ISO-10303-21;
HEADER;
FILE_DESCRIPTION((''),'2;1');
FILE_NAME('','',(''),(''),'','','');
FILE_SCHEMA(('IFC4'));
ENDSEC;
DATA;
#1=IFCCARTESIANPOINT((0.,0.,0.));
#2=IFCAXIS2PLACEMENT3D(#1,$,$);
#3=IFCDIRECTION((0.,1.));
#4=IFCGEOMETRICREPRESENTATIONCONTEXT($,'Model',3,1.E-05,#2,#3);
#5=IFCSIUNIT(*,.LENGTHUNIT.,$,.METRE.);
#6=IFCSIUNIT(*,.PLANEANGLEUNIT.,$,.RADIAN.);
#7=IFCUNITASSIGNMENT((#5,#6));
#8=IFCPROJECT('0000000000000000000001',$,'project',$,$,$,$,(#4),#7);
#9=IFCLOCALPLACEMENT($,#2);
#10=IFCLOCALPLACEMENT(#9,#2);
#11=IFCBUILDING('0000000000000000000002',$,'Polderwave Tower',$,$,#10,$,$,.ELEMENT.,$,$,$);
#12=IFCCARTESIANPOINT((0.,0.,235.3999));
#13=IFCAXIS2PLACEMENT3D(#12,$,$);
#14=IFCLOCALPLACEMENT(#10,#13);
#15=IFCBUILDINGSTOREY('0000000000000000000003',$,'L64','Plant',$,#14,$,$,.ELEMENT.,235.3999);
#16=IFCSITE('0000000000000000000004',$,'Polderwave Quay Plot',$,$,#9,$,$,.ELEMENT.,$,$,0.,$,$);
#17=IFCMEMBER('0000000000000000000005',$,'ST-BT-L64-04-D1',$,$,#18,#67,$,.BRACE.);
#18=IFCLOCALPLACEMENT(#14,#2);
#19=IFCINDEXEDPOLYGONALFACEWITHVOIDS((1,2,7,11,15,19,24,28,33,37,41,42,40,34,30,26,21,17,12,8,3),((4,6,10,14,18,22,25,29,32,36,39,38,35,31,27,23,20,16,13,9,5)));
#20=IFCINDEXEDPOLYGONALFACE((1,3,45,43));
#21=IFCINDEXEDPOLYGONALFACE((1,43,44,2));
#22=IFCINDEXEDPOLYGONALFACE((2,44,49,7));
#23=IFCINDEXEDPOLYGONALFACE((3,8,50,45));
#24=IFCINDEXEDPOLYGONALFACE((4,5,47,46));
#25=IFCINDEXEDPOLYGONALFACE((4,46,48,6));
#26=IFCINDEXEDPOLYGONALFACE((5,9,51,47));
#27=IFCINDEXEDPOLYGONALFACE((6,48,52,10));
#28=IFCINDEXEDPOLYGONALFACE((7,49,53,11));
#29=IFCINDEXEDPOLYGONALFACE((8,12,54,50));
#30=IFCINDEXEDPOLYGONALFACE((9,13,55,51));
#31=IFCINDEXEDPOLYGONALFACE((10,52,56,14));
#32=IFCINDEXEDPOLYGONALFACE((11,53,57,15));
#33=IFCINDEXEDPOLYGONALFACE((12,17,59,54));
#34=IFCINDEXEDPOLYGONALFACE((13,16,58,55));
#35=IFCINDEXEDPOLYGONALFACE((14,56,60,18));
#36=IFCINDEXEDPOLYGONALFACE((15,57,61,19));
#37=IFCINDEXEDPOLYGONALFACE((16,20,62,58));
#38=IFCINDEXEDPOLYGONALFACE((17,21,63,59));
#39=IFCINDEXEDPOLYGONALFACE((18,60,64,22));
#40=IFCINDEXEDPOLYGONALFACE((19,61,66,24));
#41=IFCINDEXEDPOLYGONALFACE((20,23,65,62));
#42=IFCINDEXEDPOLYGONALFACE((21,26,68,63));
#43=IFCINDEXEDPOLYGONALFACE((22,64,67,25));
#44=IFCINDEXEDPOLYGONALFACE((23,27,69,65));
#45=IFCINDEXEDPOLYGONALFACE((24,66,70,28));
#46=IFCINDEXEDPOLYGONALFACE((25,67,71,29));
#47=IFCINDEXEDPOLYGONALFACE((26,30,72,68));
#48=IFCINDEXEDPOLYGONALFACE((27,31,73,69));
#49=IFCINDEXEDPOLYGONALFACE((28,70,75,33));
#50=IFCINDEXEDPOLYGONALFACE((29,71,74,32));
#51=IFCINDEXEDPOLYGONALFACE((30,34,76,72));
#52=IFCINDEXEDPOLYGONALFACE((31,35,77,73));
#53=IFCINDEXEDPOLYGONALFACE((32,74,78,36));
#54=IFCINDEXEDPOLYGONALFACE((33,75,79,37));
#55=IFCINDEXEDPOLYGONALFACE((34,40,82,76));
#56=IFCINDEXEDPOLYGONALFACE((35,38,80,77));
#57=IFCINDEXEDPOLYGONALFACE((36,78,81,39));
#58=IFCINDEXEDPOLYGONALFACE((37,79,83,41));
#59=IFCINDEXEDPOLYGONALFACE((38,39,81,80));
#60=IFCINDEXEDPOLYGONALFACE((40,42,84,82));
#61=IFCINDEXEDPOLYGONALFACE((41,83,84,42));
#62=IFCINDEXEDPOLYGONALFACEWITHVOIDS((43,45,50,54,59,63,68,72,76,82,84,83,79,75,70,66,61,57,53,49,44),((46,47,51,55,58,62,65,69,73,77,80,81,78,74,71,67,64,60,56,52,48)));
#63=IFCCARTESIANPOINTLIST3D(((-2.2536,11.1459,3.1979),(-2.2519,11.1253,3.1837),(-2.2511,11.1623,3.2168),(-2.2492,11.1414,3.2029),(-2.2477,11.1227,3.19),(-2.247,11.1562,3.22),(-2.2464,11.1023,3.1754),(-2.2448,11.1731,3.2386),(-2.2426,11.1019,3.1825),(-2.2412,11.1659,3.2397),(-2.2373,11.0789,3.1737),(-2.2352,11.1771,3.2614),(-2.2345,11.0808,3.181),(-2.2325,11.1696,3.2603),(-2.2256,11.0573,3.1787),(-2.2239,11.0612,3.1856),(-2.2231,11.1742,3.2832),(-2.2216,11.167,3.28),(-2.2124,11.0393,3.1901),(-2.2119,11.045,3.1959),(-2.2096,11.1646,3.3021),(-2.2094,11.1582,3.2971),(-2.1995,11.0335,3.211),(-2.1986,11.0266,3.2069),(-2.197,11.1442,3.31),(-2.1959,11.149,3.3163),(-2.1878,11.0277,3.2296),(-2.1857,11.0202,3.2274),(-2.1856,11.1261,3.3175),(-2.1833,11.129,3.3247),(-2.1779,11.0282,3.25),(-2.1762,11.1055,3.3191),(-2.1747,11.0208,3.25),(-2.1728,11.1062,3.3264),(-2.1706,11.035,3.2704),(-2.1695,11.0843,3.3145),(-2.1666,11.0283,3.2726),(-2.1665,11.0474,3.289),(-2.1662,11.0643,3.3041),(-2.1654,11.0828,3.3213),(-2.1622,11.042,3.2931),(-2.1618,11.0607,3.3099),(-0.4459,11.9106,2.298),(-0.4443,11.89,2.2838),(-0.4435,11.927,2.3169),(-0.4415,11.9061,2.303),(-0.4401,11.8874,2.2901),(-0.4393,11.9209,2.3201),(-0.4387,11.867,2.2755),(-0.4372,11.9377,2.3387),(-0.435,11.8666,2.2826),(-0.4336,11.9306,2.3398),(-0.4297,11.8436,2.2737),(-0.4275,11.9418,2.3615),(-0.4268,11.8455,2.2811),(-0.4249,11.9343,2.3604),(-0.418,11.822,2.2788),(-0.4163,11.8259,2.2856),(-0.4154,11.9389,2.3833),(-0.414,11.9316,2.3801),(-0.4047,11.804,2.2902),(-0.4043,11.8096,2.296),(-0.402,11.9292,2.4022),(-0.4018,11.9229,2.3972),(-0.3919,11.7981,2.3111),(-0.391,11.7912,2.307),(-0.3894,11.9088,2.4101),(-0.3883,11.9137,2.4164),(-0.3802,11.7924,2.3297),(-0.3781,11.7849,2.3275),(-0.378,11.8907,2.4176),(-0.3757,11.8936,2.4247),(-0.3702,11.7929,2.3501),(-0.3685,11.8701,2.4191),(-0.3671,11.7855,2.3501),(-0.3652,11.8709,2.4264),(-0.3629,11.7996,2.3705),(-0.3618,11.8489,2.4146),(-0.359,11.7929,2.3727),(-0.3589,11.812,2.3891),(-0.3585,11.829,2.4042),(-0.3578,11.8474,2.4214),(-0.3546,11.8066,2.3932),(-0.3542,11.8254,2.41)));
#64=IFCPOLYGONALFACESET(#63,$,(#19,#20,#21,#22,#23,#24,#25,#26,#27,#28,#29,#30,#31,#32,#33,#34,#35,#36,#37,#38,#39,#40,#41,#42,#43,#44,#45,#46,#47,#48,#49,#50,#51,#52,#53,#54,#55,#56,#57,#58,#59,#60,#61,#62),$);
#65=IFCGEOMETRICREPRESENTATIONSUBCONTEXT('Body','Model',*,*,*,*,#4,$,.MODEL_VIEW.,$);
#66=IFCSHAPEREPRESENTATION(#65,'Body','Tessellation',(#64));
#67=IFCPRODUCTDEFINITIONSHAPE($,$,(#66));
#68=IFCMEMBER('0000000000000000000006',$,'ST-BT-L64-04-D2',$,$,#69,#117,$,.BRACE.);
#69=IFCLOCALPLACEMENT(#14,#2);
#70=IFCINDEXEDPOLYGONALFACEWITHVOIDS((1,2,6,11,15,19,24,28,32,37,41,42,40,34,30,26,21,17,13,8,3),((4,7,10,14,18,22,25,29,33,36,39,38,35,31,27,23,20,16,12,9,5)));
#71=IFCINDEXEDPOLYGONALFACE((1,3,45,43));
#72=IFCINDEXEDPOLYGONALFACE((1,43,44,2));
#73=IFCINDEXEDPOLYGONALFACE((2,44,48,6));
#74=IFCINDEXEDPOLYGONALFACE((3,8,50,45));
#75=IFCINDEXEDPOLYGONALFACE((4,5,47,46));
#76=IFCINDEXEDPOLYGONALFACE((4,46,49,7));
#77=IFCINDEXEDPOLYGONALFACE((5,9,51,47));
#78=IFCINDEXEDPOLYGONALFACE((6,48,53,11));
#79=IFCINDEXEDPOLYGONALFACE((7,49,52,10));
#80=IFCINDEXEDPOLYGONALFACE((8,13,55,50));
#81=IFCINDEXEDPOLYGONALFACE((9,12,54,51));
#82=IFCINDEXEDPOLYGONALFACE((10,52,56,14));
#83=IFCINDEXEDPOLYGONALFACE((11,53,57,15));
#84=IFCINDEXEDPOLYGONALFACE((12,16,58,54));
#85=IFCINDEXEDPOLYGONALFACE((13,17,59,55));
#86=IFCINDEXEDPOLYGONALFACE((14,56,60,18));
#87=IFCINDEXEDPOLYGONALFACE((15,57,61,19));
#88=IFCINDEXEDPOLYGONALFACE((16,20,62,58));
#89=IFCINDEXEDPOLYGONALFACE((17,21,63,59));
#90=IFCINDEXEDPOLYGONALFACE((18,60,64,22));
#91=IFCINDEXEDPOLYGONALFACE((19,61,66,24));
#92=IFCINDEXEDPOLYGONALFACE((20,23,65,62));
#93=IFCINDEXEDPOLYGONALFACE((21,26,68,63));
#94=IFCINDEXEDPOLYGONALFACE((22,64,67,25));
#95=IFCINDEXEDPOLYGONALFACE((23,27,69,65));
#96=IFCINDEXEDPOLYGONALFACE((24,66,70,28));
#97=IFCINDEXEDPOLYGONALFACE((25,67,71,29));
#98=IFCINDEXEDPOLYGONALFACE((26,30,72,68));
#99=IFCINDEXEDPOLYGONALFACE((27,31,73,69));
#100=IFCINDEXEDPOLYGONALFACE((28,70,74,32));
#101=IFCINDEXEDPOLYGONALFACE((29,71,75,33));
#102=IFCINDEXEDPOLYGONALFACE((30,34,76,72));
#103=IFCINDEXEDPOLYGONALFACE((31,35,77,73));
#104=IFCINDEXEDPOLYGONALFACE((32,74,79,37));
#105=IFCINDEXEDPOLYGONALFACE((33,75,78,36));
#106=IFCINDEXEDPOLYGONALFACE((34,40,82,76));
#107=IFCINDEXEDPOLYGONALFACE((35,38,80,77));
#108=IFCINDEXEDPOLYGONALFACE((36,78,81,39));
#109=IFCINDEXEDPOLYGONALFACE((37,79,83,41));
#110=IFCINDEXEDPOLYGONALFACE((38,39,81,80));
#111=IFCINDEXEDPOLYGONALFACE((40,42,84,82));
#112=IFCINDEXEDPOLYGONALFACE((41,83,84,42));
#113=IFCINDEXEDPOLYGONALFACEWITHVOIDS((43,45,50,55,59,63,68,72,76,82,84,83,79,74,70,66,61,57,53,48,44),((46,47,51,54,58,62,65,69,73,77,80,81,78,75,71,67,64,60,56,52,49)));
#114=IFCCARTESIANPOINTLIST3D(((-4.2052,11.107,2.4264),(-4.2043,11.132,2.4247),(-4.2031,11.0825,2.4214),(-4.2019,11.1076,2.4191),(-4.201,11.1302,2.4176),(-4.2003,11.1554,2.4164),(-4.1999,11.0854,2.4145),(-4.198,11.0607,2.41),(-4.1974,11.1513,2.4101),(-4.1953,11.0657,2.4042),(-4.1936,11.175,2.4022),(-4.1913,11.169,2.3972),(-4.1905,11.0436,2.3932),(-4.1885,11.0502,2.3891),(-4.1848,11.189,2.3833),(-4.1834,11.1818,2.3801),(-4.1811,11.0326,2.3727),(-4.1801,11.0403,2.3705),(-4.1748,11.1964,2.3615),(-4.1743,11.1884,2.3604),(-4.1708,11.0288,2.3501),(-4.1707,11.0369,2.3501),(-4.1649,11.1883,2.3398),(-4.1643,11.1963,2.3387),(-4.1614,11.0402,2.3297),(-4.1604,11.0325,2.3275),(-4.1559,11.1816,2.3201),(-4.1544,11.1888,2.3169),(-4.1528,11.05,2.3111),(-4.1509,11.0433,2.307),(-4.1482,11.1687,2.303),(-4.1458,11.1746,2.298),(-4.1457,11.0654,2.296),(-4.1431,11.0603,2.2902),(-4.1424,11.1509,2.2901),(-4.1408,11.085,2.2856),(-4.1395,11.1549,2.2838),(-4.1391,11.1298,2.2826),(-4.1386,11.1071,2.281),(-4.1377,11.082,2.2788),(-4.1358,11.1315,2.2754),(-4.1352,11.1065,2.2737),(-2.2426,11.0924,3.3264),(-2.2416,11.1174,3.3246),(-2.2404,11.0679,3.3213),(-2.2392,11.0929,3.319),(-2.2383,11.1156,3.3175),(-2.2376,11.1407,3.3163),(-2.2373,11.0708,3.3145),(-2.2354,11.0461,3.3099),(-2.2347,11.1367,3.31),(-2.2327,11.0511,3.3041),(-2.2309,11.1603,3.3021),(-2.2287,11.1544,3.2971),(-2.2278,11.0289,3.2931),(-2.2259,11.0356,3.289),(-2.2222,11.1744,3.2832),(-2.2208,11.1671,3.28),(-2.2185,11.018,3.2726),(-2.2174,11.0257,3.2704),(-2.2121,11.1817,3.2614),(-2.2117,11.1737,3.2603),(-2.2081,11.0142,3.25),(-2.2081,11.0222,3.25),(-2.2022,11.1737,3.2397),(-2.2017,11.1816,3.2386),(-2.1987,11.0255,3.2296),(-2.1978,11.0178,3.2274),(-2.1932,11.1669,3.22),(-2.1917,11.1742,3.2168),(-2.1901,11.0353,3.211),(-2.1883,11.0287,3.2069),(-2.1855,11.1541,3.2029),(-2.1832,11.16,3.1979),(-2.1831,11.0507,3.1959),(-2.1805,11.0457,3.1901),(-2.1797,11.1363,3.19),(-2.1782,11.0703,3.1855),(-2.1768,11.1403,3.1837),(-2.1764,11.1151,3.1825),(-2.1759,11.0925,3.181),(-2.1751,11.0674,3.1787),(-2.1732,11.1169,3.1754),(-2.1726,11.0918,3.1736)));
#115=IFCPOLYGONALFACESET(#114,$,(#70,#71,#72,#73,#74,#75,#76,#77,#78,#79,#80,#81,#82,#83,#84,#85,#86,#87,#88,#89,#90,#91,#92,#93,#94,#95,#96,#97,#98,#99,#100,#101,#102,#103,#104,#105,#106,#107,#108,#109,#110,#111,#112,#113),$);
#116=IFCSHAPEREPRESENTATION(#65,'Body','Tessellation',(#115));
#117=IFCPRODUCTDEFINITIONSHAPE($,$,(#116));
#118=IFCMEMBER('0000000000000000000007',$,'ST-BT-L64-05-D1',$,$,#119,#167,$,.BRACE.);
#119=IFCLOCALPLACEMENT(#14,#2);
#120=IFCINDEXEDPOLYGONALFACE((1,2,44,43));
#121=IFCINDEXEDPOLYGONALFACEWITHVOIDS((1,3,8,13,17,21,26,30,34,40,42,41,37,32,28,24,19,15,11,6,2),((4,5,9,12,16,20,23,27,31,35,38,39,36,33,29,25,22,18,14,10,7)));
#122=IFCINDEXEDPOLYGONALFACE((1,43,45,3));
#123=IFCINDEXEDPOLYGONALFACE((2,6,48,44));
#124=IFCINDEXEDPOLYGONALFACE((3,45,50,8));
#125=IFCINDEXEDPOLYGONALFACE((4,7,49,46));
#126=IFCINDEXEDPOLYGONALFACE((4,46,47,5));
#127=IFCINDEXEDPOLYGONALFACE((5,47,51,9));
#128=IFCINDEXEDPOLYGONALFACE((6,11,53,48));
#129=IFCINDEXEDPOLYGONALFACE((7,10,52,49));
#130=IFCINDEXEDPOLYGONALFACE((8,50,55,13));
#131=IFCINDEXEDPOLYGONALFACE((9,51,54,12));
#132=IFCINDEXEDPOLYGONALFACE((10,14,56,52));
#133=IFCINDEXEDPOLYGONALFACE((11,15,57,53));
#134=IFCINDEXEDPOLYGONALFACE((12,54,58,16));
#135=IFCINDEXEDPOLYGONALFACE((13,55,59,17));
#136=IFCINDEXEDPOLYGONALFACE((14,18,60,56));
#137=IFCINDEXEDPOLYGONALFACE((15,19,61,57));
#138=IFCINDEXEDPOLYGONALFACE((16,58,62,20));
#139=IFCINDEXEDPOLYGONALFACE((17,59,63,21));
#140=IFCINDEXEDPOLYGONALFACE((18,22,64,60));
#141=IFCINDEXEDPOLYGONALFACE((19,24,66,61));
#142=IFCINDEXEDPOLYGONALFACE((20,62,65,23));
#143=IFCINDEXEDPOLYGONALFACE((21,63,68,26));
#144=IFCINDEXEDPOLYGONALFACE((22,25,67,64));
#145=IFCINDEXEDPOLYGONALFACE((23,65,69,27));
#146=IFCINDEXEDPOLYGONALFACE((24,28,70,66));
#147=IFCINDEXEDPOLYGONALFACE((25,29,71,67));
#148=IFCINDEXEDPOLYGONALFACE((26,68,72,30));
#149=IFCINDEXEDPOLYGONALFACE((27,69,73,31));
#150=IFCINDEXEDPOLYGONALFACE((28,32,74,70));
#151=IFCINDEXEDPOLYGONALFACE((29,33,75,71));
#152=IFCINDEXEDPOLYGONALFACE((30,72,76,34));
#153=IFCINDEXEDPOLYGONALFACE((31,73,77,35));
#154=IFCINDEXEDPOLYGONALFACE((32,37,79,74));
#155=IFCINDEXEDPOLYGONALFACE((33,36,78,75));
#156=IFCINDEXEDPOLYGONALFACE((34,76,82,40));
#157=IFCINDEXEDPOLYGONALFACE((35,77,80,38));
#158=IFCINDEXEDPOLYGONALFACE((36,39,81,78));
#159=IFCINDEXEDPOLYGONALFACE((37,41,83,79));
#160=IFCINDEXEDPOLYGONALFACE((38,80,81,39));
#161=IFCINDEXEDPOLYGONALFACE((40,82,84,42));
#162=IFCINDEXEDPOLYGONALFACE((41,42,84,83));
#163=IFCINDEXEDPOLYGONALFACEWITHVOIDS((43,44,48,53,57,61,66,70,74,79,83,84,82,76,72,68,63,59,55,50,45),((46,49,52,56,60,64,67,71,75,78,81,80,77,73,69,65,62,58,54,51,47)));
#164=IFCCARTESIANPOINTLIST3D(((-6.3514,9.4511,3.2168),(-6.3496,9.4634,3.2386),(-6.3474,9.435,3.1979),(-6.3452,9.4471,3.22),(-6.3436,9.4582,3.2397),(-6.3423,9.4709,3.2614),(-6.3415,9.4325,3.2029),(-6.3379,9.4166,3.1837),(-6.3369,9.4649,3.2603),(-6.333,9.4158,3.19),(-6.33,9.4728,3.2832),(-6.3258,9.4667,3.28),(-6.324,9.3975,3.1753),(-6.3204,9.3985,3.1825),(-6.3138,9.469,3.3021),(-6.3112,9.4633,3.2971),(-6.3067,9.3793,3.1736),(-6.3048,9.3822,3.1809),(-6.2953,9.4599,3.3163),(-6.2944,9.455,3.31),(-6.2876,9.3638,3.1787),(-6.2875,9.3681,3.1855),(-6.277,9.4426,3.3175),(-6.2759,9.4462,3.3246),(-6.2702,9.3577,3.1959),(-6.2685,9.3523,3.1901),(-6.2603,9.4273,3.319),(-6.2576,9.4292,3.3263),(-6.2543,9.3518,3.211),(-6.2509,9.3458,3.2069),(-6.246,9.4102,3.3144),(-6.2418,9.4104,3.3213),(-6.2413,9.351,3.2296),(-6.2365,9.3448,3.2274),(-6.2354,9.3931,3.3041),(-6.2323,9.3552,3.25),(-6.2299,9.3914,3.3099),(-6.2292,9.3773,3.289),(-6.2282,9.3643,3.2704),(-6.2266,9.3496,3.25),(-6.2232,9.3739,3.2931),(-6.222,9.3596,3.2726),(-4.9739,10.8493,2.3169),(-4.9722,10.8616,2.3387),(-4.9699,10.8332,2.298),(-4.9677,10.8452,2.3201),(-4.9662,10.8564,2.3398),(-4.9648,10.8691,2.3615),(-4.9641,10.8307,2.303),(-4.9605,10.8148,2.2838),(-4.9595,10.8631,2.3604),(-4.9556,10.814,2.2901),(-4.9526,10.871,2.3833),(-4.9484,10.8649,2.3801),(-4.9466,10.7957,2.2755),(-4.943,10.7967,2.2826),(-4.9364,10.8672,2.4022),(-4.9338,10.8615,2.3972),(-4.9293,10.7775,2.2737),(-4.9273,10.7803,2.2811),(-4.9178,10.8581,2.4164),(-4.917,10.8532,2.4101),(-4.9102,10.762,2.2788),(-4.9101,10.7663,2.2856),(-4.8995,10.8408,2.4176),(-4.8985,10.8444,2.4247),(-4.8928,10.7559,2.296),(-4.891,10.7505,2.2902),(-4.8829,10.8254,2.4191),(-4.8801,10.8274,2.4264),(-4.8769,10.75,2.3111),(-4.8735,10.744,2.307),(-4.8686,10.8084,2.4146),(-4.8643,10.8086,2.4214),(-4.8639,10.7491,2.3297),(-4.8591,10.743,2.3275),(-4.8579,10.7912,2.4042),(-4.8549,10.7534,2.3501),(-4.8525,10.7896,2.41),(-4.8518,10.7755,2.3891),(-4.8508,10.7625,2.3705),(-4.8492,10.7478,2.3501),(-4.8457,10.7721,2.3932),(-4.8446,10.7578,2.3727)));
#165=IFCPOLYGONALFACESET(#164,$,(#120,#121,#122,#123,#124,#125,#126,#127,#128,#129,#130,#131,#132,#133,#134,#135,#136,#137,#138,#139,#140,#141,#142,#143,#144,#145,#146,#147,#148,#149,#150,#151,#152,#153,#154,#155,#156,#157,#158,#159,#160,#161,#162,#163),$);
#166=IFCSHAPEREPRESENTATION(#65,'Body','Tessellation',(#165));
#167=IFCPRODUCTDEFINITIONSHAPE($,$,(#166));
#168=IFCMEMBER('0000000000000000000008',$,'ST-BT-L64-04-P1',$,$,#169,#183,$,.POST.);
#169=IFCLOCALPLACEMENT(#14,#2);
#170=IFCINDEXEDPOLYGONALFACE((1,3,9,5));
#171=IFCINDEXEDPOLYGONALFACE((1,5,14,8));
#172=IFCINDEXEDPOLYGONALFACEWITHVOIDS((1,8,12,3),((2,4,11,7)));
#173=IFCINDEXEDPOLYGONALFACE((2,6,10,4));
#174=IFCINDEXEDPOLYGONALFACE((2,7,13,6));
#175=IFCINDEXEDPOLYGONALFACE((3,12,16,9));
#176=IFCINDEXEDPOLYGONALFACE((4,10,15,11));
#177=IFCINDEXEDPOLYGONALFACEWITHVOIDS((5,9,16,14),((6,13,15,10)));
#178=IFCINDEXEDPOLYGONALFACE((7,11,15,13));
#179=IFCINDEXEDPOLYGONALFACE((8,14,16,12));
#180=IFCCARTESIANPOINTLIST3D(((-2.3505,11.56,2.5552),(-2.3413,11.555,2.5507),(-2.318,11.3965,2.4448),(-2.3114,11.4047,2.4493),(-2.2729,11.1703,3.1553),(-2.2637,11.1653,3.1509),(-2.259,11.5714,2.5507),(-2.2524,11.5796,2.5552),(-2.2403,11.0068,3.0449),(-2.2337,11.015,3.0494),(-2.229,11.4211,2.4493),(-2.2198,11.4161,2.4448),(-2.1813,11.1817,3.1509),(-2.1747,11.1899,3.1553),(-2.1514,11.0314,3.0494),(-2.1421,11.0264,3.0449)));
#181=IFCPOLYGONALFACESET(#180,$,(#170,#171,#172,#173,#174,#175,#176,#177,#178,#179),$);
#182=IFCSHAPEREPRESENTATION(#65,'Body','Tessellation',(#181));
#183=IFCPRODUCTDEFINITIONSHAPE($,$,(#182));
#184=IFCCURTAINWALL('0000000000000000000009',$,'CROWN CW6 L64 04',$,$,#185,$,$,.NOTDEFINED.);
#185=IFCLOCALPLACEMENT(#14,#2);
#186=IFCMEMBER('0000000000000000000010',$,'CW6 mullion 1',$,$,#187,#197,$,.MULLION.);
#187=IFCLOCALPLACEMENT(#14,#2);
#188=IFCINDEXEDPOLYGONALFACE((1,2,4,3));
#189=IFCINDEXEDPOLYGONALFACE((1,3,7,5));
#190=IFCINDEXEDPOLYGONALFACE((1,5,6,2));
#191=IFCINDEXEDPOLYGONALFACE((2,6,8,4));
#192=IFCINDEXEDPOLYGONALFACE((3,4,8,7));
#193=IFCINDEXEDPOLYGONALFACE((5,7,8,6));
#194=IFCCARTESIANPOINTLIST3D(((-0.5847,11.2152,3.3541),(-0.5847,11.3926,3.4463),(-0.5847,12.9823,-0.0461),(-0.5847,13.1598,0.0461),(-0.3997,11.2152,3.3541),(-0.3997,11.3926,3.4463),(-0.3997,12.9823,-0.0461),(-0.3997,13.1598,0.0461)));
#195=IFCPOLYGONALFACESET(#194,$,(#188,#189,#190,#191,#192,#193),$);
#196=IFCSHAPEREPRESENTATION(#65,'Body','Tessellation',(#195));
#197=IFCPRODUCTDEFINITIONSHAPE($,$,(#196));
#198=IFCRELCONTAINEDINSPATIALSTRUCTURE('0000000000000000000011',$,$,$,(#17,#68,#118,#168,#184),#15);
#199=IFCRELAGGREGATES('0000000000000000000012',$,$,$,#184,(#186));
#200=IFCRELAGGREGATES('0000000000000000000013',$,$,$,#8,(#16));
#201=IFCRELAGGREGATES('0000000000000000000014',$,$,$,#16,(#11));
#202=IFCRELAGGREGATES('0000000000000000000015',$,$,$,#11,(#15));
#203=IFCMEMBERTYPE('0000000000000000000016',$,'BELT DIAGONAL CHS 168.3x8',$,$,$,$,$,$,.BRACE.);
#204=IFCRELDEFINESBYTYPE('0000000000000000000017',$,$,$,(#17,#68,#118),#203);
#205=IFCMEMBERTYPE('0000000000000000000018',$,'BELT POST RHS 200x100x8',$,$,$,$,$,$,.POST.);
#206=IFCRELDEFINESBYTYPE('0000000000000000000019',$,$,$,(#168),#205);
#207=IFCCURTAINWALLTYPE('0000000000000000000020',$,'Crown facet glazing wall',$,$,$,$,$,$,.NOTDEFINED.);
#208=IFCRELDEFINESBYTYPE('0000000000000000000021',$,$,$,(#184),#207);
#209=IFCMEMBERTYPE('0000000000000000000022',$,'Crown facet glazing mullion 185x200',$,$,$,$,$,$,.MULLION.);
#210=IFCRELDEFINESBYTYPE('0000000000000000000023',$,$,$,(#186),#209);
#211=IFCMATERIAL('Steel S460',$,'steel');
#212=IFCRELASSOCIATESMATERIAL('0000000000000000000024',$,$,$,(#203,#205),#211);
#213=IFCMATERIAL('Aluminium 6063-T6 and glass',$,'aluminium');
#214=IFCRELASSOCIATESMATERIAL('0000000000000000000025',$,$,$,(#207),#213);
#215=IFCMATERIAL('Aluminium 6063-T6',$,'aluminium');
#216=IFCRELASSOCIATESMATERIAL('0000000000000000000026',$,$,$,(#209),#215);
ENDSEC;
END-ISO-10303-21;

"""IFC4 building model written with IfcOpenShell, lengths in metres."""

from ifc_helpers import new_model, si_unit, direction, frame, origin, origin_2d, place, context, subcontext, project, spatial, rectangle, hollow_rectangle, hollow_circle, extrude, material, material_profile, profile_set, type_object, element, aggregate, save


model = new_model("IFC4")

# Units and contexts
model_context = context("Model", 3, precision=1e-05, world=origin(), true_north=direction((0.0, 1.0)))
body_context = subcontext(model_context, "Body", "Model", "MODEL_VIEW")
ifc_project = project(units=[si_unit("LENGTHUNIT", "METRE"), si_unit("PLANEANGLEUNIT", "RADIAN")], contexts=[model_context])

# Site, building, storey
site_placement = place(None, origin())
site = spatial("IfcSite", under=ifc_project, at=site_placement, Name="Polderwave Quay Plot", CompositionType="ELEMENT", RefElevation=0.0)
building_placement = place(site_placement, origin())
building = spatial("IfcBuilding", under=site, at=building_placement, Name="Polderwave Tower", CompositionType="ELEMENT")
storey_placement = place(building_placement, frame((0.0, 0.0, 235.3999)))
storey = spatial("IfcBuildingStorey", under=building, at=storey_placement, Name="L64", Description="Plant", CompositionType="ELEMENT", Elevation=235.3999)

# Members
ifc_material_1 = material(Name="Steel S460", Category="steel")
ifc_material_profile_1 = material_profile(ifc_material_1, hollow_circle(Radius=0.0842, WallThickness=0.0081, at=origin_2d()), Name="CHS 168.3x8")
ifc_profile_set_1 = profile_set([ifc_material_profile_1], Name="Steel S460")
member_type_1 = type_object("IfcMemberType", Name="BELT DIAGONAL CHS 168.3x8", PredefinedType="BRACE", material=ifc_profile_set_1)
for number, where, z_axis, x_axis, name in (
    (1, (-0.3999, 11.863, 2.3501), (-0.837184, -0.354141, 0.416783), (0.389591, -0.920988, 0.0), "ST-BT-L64-04-D1"),
    (2, (-2.2075, 11.0984, 3.25), (-0.908981, 0.006784, -0.416781), (-0.007463, -0.999972, 0.0), "ST-BT-L64-04-D2"),
    (3, (-4.9092, 10.8069, 2.3501), (-0.637943, -0.647554, 0.416777), (0.712374, -0.701801, 0.0), "ST-BT-L64-05-D1"),
):
    element("IfcMember", number, at=place(storey_placement, frame(where, z_axis=z_axis, x_axis=x_axis)), inside=storey, type_object=member_type_1, Name=name, PredefinedType="BRACE", context=body_context, shape_type="SweptSolid", body=[
        extrude(hollow_circle(Radius=0.0842, WallThickness=0.0081, at=origin_2d()), origin(), (0.0, 0.0, 1.0), 2.1592),
    ])
ifc_material_profile_2 = material_profile(ifc_material_1, hollow_rectangle(XDim=0.1001, YDim=0.2, WallThickness=0.0081, at=origin_2d()), Name="RHS 200x100x8")
ifc_profile_set_2 = profile_set([ifc_material_profile_2], Name="Steel S460")
member_type_2 = type_object("IfcMemberType", Name="BELT POST RHS 200x100x8", PredefinedType="POST", material=ifc_profile_set_2)
member_1_placement = place(storey_placement, frame((-2.2852, 11.488, 2.5), z_axis=(0.107873, -0.541403, 0.833814), x_axis=(0.980722, 0.195407, 0.0)))
element("IfcMember", 4, at=member_1_placement, inside=storey, type_object=member_type_2, Name="ST-BT-L64-04-P1", PredefinedType="POST", context=body_context, shape_type="SweptSolid", body=[
    extrude(hollow_rectangle(XDim=0.1001, YDim=0.2, WallThickness=0.0081, at=origin_2d()), origin(), (0.0, 0.0, 1.0), 0.7197),
])

# Curtain wall, member
ifc_material_2 = material(Name="Aluminium 6063-T6 and glass", Category="aluminium")
curtain_wall_type = type_object("IfcCurtainWallType", Name="Crown facet glazing wall", PredefinedType="NOTDEFINED", material=ifc_material_2)
curtain_wall_1_placement = place(storey_placement, origin())
curtain_wall_1 = element("IfcCurtainWall", 5, at=curtain_wall_1_placement, inside=storey, type_object=curtain_wall_type, Name="CROWN CW6 L64 04", PredefinedType="NOTDEFINED")
ifc_material_3 = material(Name="Aluminium 6063-T6", Category="aluminium")
ifc_material_profile_3 = material_profile(ifc_material_3, rectangle(XDim=0.1851, YDim=0.2, at=origin_2d()), Name="AL 185x200")
ifc_profile_set_3 = profile_set([ifc_material_profile_3], Name="Aluminium 6063-T6")
member_type_3 = type_object("IfcMemberType", Name="Crown facet glazing mullion 185x200", PredefinedType="MULLION", material=ifc_profile_set_3)
member_2_placement = place(storey_placement, frame((-0.4922, 13.071, 0.0), z_axis=(0.0, -0.46115, 0.887322), x_axis=(1.0, 0.0, 0.0)))
member_2 = element("IfcMember", 6, at=member_2_placement, type_object=member_type_3, Name="CW6 mullion 1", PredefinedType="MULLION", context=body_context, shape_type="SweptSolid", body=[
    extrude(rectangle(XDim=0.1851, YDim=0.2, at=origin_2d()), origin(), (0.0, 0.0, 1.0), 3.832),
])

aggregate(curtain_wall_1, [member_2])

save(model, "model.ifc")
